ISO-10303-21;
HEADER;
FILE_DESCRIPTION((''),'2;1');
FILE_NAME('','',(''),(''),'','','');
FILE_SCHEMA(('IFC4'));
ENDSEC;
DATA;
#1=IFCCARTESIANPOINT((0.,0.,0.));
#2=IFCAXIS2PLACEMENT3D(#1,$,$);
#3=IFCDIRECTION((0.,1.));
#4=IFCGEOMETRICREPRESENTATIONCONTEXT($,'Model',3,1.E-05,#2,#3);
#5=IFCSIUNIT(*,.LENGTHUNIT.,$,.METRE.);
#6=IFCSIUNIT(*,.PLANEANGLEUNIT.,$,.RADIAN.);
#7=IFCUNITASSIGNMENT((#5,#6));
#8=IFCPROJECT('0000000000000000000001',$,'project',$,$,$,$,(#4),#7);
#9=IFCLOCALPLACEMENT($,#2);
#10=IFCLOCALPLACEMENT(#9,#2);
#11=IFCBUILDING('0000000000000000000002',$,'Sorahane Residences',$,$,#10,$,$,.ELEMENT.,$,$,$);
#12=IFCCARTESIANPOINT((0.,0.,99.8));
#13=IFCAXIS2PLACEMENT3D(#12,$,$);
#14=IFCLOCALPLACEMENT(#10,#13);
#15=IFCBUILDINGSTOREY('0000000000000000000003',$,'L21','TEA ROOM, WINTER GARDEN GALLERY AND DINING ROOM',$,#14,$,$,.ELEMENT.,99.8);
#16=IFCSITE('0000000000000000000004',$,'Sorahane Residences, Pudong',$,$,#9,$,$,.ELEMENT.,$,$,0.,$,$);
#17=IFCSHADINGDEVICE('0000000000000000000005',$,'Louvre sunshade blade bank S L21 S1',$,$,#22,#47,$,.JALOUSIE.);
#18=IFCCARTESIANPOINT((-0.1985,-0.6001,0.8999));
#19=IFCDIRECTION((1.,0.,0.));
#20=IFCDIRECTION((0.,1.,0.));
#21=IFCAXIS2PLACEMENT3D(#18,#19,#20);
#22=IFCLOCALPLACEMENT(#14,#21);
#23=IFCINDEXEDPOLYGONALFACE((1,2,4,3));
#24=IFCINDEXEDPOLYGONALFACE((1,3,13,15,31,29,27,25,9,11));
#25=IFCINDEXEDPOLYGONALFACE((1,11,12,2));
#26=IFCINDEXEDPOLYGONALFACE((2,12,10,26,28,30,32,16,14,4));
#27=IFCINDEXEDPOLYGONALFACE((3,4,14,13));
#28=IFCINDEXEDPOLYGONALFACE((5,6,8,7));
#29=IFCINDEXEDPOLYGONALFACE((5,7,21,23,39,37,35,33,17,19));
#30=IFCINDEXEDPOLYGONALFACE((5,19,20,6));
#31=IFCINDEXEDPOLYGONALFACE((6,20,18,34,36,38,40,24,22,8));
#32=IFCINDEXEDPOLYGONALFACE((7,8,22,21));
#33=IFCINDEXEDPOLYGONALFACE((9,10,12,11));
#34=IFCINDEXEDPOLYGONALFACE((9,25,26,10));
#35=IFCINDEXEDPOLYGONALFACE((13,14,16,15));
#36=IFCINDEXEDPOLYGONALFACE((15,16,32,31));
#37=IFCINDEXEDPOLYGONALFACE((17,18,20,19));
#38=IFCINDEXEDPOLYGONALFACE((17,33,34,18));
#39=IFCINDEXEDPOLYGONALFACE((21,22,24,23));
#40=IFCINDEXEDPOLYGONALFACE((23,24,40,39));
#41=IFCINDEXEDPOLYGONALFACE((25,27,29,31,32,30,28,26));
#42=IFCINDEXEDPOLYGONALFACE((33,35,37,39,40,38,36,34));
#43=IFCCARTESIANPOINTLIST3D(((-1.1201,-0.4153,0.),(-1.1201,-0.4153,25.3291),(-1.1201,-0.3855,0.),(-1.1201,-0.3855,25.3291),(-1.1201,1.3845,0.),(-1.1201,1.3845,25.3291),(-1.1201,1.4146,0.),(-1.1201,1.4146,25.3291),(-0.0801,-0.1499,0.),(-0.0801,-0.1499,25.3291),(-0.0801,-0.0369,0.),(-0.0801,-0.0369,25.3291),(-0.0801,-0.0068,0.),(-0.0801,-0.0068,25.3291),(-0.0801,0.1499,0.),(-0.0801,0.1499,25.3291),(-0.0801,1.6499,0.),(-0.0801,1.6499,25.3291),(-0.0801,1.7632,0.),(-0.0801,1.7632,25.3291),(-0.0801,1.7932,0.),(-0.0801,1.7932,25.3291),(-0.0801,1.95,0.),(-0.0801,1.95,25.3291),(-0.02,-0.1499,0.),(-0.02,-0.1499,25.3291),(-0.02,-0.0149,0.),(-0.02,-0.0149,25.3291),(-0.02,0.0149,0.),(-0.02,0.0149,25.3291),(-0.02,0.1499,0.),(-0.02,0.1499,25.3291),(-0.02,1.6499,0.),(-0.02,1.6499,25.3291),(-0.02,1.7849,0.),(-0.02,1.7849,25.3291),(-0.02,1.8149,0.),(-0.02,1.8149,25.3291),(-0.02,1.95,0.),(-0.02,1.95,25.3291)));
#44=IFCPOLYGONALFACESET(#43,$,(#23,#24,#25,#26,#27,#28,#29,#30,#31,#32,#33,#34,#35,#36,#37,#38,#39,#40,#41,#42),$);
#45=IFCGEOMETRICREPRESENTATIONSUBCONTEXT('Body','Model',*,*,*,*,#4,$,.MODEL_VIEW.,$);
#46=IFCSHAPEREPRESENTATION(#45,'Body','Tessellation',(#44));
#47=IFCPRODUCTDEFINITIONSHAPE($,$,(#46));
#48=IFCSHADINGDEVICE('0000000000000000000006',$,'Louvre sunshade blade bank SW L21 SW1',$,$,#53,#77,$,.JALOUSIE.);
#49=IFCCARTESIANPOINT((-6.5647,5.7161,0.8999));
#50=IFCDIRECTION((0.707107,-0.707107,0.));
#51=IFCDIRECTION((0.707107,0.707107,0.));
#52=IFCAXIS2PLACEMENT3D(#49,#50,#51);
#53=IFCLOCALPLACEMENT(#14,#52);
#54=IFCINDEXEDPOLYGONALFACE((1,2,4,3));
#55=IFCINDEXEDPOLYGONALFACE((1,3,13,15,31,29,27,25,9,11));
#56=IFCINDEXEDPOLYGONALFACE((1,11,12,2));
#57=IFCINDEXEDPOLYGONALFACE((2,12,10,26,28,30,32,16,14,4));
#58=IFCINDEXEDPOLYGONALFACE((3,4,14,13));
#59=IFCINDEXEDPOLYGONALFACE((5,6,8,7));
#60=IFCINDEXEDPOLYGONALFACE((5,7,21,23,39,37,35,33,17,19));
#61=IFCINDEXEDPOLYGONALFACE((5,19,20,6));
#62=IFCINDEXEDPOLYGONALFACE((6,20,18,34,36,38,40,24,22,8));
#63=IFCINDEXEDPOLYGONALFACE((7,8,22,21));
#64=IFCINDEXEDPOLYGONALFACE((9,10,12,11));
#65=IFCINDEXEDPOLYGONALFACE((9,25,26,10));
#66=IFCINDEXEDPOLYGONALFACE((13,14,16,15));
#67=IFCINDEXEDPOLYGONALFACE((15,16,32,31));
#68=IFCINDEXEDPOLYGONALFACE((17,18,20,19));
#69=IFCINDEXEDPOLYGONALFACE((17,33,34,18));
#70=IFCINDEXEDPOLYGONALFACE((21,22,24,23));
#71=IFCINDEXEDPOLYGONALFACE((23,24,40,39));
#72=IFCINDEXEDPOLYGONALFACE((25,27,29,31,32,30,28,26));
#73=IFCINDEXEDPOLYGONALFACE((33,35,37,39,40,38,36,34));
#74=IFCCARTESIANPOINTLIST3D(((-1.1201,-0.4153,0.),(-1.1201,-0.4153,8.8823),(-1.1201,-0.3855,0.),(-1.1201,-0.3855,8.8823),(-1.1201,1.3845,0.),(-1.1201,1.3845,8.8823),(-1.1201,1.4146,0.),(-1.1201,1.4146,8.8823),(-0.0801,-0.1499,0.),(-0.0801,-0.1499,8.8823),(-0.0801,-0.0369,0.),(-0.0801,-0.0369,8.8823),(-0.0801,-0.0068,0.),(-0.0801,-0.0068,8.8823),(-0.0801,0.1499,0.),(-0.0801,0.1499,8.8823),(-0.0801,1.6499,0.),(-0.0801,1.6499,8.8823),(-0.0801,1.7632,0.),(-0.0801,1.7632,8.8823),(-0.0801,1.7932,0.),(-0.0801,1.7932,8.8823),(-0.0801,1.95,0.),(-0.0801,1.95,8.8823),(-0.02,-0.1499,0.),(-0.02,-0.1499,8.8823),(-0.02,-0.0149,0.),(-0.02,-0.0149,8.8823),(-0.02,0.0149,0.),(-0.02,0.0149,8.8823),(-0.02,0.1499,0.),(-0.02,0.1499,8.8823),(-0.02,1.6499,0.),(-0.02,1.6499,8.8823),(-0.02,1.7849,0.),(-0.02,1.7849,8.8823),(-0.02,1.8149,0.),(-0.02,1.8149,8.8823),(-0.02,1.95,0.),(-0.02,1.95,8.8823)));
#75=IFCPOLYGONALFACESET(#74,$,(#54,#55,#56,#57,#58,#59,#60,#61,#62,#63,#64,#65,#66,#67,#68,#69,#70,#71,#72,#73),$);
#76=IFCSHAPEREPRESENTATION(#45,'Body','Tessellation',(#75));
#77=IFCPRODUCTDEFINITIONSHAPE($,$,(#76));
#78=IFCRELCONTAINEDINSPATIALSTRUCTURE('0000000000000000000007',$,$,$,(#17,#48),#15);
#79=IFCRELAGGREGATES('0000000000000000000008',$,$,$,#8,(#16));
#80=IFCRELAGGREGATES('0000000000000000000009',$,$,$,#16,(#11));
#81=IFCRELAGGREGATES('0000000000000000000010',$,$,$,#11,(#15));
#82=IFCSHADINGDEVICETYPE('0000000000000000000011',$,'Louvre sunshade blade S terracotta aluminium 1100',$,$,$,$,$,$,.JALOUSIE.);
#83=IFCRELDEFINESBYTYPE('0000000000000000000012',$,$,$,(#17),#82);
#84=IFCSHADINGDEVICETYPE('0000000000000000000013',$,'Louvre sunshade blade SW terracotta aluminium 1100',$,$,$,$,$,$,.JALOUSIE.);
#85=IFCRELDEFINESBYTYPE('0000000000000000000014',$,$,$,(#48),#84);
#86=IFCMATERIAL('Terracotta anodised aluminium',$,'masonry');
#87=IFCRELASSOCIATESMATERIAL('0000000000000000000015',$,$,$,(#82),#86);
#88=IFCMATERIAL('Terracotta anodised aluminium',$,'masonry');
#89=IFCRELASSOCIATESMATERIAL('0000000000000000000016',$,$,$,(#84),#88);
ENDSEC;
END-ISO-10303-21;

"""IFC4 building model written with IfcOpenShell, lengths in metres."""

from ifc_helpers import new_model, si_unit, direction, frame, origin, place, context, subcontext, project, spatial, polyline, outline, composite_profile, extrude, material, type_object, element, save


model = new_model("IFC4")

# Units and contexts
model_context = context("Model", 3, precision=1e-05, world=origin(), true_north=direction((0.0, 1.0)))
body_context = subcontext(model_context, "Body", "Model", "MODEL_VIEW")
ifc_project = project(units=[si_unit("LENGTHUNIT", "METRE"), si_unit("PLANEANGLEUNIT", "RADIAN")], contexts=[model_context])

# Site, building, storey
site_placement = place(None, origin())
site = spatial("IfcSite", under=ifc_project, at=site_placement, Name="Sorahane Residences, Pudong", CompositionType="ELEMENT", RefElevation=0.0)
building_placement = place(site_placement, origin())
building = spatial("IfcBuilding", under=site, at=building_placement, Name="Sorahane Residences", CompositionType="ELEMENT")
storey_placement = place(building_placement, frame((0.0, 0.0, 99.8)))
storey = spatial("IfcBuildingStorey", under=building, at=storey_placement, Name="L21", Description="TEA ROOM, WINTER GARDEN GALLERY AND DINING ROOM", CompositionType="ELEMENT", Elevation=99.8)

# Shading devices
ifc_material_1 = material(Name="Terracotta anodised aluminium", Category="masonry")
shading_device_type_1 = type_object("IfcShadingDeviceType", Name="Louvre sunshade blade S terracotta aluminium 1100", PredefinedType="JALOUSIE", material=ifc_material_1)
shading_device_1_placement = place(storey_placement, frame((-0.1985, -0.6001, 0.8999), z_axis=(1.0, 0.0, 0.0), x_axis=(0.0, 1.0, 0.0)))
element("IfcShadingDevice", 1, at=shading_device_1_placement, inside=storey, type_object=shading_device_type_1, Name="Louvre sunshade blade bank S L21 S1", PredefinedType="JALOUSIE", context=body_context, shape_type="SweptSolid", body=[
    extrude(composite_profile([outline(polyline([(-1.1201, -0.3855), (-1.1201, -0.4153), (-0.0801, -0.0369), (-0.0801, -0.1499), (-0.02, -0.1499), (-0.02, -0.0149), (-0.02, 0.0149), (-0.02, 0.1499), (-0.0801, 0.1499), (-0.0801, -0.0068), (-1.1201, -0.3855)])), outline(polyline([(-1.1201, 1.4146), (-1.1201, 1.3845), (-0.0801, 1.7632), (-0.0801, 1.6499), (-0.02, 1.6499), (-0.02, 1.7849), (-0.02, 1.8149), (-0.02, 1.95), (-0.0801, 1.95), (-0.0801, 1.7932), (-1.1201, 1.4146)]))]), origin(), (0.0, 0.0, 1.0), 25.3291),
])
ifc_material_2 = material(Name="Terracotta anodised aluminium", Category="masonry")
shading_device_type_2 = type_object("IfcShadingDeviceType", Name="Louvre sunshade blade SW terracotta aluminium 1100", PredefinedType="JALOUSIE", material=ifc_material_2)
shading_device_2_placement = place(storey_placement, frame((-6.5647, 5.7161, 0.8999), z_axis=(0.707107, -0.707107, 0.0), x_axis=(0.707107, 0.707107, 0.0)))
element("IfcShadingDevice", 2, at=shading_device_2_placement, inside=storey, type_object=shading_device_type_2, Name="Louvre sunshade blade bank SW L21 SW1", PredefinedType="JALOUSIE", context=body_context, shape_type="SweptSolid", body=[
    extrude(composite_profile([outline(polyline([(-1.1201, -0.3855), (-1.1201, -0.4153), (-0.0801, -0.0369), (-0.0801, -0.1499), (-0.02, -0.1499), (-0.02, -0.0149), (-0.02, 0.0149), (-0.02, 0.1499), (-0.0801, 0.1499), (-0.0801, -0.0068), (-1.1201, -0.3855)])), outline(polyline([(-1.1201, 1.4146), (-1.1201, 1.3845), (-0.0801, 1.7632), (-0.0801, 1.6499), (-0.02, 1.6499), (-0.02, 1.7849), (-0.02, 1.8149), (-0.02, 1.95), (-0.0801, 1.95), (-0.0801, 1.7932), (-1.1201, 1.4146)]))]), origin(), (0.0, 0.0, 1.0), 8.8823),
])

save(model, "model.ifc")
